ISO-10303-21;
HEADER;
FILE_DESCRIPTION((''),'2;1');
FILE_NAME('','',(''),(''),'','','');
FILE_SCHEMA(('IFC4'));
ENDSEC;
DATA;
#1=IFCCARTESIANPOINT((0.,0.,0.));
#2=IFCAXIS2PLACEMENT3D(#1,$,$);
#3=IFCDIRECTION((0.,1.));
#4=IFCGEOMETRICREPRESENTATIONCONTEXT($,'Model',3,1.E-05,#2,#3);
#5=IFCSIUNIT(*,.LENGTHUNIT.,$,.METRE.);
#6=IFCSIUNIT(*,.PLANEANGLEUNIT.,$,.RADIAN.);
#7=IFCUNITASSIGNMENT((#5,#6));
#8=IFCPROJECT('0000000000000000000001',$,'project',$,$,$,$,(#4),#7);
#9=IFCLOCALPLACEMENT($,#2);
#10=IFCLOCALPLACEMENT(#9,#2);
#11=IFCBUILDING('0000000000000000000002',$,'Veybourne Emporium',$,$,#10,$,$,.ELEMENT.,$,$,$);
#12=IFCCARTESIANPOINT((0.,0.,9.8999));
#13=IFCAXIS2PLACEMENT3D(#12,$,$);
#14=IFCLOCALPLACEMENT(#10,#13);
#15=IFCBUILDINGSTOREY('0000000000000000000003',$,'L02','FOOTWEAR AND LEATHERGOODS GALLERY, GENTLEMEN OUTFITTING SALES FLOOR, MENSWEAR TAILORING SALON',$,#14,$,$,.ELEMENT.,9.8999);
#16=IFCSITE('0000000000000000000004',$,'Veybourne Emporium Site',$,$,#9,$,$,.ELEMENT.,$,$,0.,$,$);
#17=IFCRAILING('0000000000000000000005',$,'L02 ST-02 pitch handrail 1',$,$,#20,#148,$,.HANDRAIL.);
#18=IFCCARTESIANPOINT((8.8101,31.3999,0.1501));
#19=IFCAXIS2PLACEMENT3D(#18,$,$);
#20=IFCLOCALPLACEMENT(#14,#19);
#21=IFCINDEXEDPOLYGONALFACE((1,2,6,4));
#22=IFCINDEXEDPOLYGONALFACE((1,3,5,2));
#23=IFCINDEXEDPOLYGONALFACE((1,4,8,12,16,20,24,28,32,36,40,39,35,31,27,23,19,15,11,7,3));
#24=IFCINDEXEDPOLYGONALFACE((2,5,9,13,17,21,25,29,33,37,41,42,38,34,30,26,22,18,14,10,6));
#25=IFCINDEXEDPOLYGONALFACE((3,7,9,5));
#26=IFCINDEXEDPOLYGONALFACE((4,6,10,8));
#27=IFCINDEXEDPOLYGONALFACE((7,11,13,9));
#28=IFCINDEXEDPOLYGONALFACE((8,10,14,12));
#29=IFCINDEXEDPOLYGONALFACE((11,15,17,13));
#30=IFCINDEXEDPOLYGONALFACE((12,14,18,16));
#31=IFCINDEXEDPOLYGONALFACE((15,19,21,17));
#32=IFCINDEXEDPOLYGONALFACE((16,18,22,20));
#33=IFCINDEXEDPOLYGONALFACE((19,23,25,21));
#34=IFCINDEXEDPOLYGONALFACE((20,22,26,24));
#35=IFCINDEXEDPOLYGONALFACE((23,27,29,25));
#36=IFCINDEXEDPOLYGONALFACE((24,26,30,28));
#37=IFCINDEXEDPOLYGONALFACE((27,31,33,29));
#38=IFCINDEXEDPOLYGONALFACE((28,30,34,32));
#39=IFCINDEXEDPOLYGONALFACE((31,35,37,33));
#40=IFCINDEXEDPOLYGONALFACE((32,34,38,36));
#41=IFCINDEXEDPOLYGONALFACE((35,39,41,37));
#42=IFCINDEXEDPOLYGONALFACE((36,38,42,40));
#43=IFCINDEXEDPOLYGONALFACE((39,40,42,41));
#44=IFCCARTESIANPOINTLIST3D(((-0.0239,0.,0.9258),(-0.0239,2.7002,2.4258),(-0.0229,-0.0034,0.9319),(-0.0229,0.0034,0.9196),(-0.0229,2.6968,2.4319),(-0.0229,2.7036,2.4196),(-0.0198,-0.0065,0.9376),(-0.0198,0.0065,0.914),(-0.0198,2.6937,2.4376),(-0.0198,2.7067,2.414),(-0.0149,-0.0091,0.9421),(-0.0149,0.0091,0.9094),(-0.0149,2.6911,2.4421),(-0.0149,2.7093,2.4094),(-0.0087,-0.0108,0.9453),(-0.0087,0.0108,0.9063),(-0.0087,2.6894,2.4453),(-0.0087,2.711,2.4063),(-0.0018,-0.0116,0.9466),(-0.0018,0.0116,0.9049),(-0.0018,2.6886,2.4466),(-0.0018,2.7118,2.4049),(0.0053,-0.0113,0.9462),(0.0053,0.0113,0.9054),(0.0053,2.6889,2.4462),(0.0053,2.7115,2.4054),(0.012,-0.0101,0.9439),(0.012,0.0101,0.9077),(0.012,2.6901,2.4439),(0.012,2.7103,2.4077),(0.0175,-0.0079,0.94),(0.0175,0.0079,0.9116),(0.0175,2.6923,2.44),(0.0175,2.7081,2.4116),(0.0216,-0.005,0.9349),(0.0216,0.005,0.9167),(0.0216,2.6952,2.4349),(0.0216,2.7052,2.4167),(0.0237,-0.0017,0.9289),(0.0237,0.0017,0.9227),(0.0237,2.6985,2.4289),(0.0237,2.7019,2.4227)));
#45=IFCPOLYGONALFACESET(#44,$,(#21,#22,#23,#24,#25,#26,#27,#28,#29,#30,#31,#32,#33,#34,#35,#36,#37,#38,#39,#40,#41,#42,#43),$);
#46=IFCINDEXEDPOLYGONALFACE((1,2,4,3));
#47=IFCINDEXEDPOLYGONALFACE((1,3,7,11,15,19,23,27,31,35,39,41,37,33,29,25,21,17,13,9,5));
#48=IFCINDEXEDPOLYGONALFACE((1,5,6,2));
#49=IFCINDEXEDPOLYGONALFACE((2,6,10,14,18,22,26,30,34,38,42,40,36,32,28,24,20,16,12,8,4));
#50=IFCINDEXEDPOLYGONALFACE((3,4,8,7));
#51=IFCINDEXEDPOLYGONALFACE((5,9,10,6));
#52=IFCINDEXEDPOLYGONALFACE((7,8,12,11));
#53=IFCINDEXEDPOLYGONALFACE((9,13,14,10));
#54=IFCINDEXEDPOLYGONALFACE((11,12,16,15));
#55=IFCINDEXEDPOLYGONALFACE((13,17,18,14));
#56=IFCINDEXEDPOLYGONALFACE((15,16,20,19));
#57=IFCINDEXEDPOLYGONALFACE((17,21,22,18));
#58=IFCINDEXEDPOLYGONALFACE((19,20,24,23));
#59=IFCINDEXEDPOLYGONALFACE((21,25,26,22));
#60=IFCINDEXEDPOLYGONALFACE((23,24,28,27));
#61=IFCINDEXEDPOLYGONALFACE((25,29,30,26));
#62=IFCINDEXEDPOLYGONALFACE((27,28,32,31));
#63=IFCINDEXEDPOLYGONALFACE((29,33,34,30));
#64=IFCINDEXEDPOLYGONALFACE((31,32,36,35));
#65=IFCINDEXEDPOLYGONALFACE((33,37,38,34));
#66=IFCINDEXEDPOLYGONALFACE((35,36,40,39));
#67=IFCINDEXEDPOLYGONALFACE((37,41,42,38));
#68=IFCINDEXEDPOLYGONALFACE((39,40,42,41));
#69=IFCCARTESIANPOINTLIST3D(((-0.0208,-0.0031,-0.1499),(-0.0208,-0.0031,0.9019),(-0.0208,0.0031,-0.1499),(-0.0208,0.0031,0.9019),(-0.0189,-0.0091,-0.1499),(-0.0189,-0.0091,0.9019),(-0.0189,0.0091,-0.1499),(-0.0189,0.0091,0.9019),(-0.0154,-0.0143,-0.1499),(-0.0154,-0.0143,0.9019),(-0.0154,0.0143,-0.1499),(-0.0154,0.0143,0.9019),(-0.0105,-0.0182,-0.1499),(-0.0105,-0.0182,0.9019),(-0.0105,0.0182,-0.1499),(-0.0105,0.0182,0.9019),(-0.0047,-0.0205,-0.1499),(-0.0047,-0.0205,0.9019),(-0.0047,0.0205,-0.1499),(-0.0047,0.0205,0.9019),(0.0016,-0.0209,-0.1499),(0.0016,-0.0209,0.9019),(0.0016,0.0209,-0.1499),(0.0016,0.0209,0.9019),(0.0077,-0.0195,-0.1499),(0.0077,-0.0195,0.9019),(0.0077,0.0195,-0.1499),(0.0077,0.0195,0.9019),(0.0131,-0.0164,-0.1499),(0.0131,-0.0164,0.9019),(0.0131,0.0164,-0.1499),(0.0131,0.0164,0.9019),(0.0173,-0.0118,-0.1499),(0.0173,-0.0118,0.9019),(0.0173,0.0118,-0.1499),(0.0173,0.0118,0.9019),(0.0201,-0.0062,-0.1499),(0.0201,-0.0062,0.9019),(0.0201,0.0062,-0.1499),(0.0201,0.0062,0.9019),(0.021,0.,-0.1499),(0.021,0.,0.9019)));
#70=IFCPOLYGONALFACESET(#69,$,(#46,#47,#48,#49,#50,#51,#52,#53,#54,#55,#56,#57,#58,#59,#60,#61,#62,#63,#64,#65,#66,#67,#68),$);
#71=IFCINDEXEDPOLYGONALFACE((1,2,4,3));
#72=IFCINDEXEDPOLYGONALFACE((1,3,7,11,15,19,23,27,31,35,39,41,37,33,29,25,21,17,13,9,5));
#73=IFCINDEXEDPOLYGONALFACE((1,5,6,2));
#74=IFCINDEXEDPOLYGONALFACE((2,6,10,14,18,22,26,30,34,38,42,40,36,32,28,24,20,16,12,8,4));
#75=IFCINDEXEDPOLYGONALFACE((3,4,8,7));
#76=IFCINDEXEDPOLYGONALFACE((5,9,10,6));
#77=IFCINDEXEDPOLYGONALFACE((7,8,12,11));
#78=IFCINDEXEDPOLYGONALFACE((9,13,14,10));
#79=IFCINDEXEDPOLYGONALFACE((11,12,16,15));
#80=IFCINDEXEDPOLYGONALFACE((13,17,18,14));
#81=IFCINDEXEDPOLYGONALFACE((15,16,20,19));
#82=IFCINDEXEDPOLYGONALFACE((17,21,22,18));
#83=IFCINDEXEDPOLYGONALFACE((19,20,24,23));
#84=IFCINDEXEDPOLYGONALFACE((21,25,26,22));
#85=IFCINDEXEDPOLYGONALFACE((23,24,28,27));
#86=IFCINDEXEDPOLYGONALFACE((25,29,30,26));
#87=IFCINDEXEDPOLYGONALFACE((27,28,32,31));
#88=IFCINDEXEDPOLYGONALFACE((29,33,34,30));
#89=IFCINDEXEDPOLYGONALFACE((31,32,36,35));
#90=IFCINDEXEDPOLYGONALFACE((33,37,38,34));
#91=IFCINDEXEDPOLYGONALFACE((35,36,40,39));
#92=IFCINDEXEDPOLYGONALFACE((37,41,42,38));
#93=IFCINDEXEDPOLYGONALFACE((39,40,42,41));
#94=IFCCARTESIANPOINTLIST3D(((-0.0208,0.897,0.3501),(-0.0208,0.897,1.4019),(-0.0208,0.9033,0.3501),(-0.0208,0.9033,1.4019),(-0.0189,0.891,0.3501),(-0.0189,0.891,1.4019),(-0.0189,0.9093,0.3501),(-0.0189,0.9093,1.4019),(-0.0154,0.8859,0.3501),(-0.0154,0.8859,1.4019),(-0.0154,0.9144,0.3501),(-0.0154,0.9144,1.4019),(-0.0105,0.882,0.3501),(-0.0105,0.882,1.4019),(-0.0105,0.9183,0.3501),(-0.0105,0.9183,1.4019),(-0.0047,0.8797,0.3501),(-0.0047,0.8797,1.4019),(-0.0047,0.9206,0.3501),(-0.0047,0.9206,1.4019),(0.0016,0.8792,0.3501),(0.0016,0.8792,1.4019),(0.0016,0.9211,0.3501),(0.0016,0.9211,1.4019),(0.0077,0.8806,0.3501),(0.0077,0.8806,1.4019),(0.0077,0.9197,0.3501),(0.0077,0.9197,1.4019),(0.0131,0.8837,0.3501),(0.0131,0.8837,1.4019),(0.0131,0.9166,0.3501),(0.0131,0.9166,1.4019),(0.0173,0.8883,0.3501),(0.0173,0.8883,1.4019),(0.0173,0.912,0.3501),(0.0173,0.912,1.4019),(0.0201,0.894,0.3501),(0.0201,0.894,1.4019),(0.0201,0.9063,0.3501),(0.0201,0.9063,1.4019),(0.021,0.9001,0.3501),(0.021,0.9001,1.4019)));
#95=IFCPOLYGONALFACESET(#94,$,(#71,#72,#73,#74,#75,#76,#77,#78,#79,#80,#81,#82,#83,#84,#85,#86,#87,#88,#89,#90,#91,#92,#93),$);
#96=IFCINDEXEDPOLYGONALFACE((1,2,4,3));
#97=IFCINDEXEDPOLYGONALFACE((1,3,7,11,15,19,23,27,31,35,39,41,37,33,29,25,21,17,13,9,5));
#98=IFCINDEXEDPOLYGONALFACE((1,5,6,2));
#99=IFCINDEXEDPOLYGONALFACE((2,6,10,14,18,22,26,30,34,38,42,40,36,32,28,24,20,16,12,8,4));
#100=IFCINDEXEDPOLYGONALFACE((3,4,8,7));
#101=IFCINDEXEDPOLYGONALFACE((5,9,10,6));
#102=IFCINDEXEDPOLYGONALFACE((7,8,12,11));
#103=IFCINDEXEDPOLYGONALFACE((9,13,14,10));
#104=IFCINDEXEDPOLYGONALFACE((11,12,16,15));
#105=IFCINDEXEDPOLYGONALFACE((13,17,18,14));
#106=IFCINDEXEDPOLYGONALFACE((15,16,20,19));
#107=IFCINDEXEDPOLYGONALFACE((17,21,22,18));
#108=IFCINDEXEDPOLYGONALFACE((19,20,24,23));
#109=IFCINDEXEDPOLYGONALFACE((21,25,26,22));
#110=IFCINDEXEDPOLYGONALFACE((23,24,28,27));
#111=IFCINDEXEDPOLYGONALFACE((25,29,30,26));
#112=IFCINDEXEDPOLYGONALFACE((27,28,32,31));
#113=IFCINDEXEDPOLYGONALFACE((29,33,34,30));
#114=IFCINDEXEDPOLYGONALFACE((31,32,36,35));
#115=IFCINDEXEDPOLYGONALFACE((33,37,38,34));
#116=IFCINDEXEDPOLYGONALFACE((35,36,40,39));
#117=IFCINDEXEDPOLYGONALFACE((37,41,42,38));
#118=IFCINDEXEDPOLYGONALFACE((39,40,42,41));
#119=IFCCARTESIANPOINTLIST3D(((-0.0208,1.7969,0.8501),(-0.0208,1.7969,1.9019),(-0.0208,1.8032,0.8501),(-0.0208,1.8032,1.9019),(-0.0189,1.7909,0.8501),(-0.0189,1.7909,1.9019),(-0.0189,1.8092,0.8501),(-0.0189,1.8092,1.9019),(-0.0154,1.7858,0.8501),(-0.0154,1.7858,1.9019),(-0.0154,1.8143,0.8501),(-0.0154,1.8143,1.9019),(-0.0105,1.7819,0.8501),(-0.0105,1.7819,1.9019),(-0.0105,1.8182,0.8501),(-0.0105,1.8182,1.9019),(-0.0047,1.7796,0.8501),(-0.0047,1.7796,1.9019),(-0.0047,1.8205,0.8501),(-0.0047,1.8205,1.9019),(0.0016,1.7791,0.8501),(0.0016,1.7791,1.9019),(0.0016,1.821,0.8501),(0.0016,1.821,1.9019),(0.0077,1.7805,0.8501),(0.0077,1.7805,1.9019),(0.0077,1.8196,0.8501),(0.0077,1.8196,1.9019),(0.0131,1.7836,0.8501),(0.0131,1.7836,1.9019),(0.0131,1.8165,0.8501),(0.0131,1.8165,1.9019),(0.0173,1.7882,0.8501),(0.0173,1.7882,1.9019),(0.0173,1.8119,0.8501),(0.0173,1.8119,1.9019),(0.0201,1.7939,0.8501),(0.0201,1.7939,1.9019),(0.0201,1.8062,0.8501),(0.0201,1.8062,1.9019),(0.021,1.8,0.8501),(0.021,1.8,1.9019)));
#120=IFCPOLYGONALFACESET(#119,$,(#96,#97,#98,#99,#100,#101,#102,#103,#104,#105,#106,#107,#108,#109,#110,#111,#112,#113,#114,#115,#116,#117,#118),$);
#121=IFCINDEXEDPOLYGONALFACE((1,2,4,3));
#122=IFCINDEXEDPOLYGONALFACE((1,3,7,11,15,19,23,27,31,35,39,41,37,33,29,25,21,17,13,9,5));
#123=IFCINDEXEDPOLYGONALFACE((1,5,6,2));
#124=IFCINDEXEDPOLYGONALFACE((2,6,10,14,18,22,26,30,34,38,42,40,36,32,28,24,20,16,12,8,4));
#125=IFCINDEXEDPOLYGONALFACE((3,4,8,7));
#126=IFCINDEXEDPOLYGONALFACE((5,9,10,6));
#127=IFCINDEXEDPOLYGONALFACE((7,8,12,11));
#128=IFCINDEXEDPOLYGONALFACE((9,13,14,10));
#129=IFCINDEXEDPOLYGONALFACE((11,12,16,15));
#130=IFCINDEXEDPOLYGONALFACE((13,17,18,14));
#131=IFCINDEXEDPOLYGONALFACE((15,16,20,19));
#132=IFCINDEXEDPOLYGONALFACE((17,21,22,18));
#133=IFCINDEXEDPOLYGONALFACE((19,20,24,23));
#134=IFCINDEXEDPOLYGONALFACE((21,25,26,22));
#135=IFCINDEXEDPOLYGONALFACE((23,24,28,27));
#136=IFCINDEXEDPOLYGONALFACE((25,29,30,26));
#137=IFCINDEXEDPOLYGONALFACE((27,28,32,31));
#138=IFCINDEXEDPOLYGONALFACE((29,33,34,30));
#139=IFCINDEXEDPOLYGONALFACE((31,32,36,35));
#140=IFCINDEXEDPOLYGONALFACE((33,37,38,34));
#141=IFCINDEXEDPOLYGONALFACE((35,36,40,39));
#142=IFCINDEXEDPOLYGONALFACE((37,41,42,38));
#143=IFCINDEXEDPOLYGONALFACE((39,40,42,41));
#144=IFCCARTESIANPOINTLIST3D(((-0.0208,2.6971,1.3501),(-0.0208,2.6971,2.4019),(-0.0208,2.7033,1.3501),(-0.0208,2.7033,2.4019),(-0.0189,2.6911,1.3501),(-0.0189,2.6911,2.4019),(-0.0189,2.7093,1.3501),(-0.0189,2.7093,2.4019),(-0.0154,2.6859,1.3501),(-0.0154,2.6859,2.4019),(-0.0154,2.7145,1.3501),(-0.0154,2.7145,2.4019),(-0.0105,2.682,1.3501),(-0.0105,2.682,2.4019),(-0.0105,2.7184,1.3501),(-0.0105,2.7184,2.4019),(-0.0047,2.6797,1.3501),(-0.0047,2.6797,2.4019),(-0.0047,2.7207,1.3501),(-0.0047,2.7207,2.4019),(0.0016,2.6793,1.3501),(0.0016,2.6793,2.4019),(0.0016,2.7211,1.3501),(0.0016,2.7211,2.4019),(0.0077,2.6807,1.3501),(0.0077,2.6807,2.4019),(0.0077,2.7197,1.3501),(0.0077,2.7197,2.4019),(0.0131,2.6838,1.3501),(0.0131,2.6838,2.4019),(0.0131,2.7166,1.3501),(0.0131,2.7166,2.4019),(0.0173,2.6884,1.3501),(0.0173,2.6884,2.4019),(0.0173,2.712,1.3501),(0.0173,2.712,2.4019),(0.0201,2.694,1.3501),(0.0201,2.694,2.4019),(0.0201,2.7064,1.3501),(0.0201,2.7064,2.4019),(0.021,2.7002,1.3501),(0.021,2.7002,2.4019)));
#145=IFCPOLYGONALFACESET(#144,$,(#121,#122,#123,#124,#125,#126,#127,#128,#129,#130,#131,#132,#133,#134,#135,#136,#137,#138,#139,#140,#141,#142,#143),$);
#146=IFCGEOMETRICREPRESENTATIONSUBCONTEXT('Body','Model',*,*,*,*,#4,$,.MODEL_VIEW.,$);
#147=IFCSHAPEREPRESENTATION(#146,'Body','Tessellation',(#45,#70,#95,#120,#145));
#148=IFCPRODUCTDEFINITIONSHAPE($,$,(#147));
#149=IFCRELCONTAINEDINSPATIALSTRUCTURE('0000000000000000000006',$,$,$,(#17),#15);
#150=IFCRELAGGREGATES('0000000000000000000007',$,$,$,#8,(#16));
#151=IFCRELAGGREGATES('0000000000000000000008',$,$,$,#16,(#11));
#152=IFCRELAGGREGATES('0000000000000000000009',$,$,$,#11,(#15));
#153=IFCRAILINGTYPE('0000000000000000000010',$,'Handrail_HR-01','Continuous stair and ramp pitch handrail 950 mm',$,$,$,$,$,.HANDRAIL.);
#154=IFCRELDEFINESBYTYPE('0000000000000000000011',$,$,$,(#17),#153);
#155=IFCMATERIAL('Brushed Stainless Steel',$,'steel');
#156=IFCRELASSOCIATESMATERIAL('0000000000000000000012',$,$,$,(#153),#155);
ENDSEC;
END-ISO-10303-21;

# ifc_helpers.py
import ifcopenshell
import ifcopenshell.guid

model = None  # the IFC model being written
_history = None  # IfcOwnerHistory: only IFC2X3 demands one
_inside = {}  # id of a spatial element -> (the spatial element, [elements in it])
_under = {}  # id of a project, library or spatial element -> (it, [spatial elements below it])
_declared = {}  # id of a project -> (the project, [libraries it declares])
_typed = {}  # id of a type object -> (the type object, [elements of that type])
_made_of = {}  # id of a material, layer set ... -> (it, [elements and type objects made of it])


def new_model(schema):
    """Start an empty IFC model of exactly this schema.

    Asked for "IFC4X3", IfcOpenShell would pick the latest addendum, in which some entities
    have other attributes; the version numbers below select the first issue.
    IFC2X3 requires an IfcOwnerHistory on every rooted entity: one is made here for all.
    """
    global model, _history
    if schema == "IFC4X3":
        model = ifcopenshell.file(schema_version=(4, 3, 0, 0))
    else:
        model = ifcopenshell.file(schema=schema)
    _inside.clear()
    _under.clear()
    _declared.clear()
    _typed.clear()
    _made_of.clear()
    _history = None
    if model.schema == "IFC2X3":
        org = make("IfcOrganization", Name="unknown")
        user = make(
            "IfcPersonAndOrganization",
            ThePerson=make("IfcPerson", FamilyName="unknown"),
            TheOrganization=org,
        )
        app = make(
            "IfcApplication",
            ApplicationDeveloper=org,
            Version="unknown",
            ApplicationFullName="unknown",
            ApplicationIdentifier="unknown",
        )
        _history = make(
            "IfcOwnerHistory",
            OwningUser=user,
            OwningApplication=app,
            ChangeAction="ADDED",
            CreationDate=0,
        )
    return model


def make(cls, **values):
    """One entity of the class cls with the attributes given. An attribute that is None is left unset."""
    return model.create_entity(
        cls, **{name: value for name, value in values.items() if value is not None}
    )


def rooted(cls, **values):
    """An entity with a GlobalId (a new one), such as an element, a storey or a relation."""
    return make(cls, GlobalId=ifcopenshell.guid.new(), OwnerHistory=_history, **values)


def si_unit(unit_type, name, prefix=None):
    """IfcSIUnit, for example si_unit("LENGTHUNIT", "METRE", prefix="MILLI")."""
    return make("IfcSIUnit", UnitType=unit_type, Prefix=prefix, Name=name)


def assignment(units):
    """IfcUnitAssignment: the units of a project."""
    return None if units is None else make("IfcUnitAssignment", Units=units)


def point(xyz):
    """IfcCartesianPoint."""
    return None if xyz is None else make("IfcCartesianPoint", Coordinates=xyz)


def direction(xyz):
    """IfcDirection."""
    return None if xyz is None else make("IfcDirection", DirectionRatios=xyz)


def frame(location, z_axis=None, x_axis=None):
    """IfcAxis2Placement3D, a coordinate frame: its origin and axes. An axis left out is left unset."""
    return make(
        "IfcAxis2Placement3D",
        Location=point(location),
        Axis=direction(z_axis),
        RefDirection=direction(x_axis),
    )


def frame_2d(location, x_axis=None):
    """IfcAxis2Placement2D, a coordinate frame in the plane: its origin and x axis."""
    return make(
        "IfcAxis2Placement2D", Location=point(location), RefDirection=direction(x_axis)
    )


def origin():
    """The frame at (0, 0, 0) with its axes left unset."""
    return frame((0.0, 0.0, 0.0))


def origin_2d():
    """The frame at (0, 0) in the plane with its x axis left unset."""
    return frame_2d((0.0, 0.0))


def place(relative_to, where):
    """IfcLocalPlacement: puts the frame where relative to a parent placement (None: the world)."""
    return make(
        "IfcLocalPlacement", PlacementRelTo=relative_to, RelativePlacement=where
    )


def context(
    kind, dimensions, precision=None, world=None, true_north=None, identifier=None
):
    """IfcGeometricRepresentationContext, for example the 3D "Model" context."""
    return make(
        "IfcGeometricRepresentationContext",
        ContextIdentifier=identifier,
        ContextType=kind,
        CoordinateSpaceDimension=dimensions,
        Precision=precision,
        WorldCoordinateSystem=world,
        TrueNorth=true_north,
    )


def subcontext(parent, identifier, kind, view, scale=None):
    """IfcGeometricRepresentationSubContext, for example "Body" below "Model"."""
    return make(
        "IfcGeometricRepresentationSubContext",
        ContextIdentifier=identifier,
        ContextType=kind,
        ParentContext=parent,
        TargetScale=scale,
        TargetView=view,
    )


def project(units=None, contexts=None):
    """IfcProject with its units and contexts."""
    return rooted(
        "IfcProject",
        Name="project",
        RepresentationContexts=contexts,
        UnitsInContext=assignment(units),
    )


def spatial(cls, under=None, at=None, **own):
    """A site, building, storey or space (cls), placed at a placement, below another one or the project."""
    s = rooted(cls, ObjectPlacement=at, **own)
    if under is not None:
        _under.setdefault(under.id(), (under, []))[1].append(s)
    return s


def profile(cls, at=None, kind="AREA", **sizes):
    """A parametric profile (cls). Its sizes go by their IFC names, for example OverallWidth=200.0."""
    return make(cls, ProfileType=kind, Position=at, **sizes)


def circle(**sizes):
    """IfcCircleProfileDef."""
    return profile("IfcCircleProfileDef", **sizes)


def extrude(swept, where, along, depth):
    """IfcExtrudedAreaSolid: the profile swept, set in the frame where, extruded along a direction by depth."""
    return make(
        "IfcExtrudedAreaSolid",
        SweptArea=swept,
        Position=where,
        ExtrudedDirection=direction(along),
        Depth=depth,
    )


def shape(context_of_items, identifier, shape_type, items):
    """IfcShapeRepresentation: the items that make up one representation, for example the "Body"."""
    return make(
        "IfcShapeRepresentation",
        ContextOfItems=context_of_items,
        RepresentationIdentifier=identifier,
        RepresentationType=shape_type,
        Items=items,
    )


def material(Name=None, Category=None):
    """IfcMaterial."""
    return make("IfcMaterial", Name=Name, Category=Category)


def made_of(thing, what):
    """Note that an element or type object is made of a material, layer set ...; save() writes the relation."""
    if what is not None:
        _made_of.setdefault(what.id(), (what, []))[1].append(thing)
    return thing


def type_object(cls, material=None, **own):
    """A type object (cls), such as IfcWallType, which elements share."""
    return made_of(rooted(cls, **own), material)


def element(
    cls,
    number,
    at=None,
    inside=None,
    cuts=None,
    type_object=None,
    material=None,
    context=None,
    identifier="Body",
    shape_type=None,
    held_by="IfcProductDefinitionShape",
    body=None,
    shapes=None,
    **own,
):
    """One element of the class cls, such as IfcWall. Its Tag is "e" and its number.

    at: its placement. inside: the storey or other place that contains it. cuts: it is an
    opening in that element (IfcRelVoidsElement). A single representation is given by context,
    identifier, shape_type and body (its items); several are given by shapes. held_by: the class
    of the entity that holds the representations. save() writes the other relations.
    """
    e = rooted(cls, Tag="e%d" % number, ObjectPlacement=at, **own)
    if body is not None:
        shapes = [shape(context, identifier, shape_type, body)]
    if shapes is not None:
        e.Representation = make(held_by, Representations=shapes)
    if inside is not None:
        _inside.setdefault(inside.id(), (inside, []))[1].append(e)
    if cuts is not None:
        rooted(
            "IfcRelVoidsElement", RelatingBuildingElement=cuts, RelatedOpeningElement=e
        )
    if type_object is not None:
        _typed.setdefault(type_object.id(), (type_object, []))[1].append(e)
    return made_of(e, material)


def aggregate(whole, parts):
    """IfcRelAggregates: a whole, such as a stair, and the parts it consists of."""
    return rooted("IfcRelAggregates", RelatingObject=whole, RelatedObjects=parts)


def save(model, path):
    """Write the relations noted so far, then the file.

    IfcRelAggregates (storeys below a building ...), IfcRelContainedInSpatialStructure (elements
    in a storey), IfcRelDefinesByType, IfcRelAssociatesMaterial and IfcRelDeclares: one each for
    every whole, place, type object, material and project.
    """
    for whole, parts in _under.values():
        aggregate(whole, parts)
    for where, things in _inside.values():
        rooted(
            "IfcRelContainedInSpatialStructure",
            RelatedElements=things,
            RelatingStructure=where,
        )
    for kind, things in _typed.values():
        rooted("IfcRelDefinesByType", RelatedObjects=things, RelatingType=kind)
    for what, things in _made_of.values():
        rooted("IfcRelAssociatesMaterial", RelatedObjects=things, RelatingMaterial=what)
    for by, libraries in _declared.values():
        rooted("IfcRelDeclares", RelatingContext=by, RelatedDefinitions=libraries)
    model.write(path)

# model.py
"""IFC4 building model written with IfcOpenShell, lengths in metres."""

from ifc_helpers import new_model, si_unit, direction, frame, origin, origin_2d, place, context, subcontext, project, spatial, circle, extrude, material, type_object, element, save


model = new_model("IFC4")

# Units and contexts
model_context = context("Model", 3, precision=1e-05, world=origin(), true_north=direction((0.0, 1.0)))
body_context = subcontext(model_context, "Body", "Model", "MODEL_VIEW")
ifc_project = project(units=[si_unit("LENGTHUNIT", "METRE"), si_unit("PLANEANGLEUNIT", "RADIAN")], contexts=[model_context])

# Site, building, storey
site_placement = place(None, origin())
site = spatial("IfcSite", under=ifc_project, at=site_placement, Name="Veybourne Emporium Site", CompositionType="ELEMENT", RefElevation=0.0)
building_placement = place(site_placement, origin())
building = spatial("IfcBuilding", under=site, at=building_placement, Name="Veybourne Emporium", CompositionType="ELEMENT")
storey_placement = place(building_placement, frame((0.0, 0.0, 9.8999)))
storey = spatial("IfcBuildingStorey", under=building, at=storey_placement, Name="L02", Description="FOOTWEAR AND LEATHERGOODS GALLERY, GENTLEMEN OUTFITTING SALES FLOOR, MENSWEAR TAILORING SALON", CompositionType="ELEMENT", Elevation=9.8999)

# Railing
ifc_material_1 = material(Name="Brushed Stainless Steel", Category="steel")
railing_type = type_object("IfcRailingType", Name="Handrail_HR-01", Description="Continuous stair and ramp pitch handrail 950 mm", PredefinedType="HANDRAIL", material=ifc_material_1)
railing_placement = place(storey_placement, frame((8.8101, 31.3999, 0.1501)))
element("IfcRailing", 1, at=railing_placement, inside=storey, type_object=railing_type, Name="L02 ST-02 pitch handrail 1", PredefinedType="HANDRAIL", context=body_context, shape_type="SweptSolid", body=[
    extrude(circle(Radius=0.0239, at=origin_2d()), frame((0.0, 0.0, 0.9258), z_axis=(0.0, 0.874172, 0.485616), x_axis=(-1.0, 0.0, 0.0)), (0.0, 0.0, 1.0), 3.0889),
    extrude(circle(Radius=0.021, at=origin_2d()), frame((0.0, 0.0, -0.1499)), (0.0, 0.0, 1.0), 1.0518),
    extrude(circle(Radius=0.021, at=origin_2d()), frame((0.0, 0.9001, 0.3501)), (0.0, 0.0, 1.0), 1.0518),
    extrude(circle(Radius=0.021, at=origin_2d()), frame((0.0, 1.8, 0.8501)), (0.0, 0.0, 1.0), 1.0518),
    extrude(circle(Radius=0.021, at=origin_2d()), frame((0.0, 2.7002, 1.3501)), (0.0, 0.0, 1.0), 1.0518),
])

save(model, "model.ifc")
